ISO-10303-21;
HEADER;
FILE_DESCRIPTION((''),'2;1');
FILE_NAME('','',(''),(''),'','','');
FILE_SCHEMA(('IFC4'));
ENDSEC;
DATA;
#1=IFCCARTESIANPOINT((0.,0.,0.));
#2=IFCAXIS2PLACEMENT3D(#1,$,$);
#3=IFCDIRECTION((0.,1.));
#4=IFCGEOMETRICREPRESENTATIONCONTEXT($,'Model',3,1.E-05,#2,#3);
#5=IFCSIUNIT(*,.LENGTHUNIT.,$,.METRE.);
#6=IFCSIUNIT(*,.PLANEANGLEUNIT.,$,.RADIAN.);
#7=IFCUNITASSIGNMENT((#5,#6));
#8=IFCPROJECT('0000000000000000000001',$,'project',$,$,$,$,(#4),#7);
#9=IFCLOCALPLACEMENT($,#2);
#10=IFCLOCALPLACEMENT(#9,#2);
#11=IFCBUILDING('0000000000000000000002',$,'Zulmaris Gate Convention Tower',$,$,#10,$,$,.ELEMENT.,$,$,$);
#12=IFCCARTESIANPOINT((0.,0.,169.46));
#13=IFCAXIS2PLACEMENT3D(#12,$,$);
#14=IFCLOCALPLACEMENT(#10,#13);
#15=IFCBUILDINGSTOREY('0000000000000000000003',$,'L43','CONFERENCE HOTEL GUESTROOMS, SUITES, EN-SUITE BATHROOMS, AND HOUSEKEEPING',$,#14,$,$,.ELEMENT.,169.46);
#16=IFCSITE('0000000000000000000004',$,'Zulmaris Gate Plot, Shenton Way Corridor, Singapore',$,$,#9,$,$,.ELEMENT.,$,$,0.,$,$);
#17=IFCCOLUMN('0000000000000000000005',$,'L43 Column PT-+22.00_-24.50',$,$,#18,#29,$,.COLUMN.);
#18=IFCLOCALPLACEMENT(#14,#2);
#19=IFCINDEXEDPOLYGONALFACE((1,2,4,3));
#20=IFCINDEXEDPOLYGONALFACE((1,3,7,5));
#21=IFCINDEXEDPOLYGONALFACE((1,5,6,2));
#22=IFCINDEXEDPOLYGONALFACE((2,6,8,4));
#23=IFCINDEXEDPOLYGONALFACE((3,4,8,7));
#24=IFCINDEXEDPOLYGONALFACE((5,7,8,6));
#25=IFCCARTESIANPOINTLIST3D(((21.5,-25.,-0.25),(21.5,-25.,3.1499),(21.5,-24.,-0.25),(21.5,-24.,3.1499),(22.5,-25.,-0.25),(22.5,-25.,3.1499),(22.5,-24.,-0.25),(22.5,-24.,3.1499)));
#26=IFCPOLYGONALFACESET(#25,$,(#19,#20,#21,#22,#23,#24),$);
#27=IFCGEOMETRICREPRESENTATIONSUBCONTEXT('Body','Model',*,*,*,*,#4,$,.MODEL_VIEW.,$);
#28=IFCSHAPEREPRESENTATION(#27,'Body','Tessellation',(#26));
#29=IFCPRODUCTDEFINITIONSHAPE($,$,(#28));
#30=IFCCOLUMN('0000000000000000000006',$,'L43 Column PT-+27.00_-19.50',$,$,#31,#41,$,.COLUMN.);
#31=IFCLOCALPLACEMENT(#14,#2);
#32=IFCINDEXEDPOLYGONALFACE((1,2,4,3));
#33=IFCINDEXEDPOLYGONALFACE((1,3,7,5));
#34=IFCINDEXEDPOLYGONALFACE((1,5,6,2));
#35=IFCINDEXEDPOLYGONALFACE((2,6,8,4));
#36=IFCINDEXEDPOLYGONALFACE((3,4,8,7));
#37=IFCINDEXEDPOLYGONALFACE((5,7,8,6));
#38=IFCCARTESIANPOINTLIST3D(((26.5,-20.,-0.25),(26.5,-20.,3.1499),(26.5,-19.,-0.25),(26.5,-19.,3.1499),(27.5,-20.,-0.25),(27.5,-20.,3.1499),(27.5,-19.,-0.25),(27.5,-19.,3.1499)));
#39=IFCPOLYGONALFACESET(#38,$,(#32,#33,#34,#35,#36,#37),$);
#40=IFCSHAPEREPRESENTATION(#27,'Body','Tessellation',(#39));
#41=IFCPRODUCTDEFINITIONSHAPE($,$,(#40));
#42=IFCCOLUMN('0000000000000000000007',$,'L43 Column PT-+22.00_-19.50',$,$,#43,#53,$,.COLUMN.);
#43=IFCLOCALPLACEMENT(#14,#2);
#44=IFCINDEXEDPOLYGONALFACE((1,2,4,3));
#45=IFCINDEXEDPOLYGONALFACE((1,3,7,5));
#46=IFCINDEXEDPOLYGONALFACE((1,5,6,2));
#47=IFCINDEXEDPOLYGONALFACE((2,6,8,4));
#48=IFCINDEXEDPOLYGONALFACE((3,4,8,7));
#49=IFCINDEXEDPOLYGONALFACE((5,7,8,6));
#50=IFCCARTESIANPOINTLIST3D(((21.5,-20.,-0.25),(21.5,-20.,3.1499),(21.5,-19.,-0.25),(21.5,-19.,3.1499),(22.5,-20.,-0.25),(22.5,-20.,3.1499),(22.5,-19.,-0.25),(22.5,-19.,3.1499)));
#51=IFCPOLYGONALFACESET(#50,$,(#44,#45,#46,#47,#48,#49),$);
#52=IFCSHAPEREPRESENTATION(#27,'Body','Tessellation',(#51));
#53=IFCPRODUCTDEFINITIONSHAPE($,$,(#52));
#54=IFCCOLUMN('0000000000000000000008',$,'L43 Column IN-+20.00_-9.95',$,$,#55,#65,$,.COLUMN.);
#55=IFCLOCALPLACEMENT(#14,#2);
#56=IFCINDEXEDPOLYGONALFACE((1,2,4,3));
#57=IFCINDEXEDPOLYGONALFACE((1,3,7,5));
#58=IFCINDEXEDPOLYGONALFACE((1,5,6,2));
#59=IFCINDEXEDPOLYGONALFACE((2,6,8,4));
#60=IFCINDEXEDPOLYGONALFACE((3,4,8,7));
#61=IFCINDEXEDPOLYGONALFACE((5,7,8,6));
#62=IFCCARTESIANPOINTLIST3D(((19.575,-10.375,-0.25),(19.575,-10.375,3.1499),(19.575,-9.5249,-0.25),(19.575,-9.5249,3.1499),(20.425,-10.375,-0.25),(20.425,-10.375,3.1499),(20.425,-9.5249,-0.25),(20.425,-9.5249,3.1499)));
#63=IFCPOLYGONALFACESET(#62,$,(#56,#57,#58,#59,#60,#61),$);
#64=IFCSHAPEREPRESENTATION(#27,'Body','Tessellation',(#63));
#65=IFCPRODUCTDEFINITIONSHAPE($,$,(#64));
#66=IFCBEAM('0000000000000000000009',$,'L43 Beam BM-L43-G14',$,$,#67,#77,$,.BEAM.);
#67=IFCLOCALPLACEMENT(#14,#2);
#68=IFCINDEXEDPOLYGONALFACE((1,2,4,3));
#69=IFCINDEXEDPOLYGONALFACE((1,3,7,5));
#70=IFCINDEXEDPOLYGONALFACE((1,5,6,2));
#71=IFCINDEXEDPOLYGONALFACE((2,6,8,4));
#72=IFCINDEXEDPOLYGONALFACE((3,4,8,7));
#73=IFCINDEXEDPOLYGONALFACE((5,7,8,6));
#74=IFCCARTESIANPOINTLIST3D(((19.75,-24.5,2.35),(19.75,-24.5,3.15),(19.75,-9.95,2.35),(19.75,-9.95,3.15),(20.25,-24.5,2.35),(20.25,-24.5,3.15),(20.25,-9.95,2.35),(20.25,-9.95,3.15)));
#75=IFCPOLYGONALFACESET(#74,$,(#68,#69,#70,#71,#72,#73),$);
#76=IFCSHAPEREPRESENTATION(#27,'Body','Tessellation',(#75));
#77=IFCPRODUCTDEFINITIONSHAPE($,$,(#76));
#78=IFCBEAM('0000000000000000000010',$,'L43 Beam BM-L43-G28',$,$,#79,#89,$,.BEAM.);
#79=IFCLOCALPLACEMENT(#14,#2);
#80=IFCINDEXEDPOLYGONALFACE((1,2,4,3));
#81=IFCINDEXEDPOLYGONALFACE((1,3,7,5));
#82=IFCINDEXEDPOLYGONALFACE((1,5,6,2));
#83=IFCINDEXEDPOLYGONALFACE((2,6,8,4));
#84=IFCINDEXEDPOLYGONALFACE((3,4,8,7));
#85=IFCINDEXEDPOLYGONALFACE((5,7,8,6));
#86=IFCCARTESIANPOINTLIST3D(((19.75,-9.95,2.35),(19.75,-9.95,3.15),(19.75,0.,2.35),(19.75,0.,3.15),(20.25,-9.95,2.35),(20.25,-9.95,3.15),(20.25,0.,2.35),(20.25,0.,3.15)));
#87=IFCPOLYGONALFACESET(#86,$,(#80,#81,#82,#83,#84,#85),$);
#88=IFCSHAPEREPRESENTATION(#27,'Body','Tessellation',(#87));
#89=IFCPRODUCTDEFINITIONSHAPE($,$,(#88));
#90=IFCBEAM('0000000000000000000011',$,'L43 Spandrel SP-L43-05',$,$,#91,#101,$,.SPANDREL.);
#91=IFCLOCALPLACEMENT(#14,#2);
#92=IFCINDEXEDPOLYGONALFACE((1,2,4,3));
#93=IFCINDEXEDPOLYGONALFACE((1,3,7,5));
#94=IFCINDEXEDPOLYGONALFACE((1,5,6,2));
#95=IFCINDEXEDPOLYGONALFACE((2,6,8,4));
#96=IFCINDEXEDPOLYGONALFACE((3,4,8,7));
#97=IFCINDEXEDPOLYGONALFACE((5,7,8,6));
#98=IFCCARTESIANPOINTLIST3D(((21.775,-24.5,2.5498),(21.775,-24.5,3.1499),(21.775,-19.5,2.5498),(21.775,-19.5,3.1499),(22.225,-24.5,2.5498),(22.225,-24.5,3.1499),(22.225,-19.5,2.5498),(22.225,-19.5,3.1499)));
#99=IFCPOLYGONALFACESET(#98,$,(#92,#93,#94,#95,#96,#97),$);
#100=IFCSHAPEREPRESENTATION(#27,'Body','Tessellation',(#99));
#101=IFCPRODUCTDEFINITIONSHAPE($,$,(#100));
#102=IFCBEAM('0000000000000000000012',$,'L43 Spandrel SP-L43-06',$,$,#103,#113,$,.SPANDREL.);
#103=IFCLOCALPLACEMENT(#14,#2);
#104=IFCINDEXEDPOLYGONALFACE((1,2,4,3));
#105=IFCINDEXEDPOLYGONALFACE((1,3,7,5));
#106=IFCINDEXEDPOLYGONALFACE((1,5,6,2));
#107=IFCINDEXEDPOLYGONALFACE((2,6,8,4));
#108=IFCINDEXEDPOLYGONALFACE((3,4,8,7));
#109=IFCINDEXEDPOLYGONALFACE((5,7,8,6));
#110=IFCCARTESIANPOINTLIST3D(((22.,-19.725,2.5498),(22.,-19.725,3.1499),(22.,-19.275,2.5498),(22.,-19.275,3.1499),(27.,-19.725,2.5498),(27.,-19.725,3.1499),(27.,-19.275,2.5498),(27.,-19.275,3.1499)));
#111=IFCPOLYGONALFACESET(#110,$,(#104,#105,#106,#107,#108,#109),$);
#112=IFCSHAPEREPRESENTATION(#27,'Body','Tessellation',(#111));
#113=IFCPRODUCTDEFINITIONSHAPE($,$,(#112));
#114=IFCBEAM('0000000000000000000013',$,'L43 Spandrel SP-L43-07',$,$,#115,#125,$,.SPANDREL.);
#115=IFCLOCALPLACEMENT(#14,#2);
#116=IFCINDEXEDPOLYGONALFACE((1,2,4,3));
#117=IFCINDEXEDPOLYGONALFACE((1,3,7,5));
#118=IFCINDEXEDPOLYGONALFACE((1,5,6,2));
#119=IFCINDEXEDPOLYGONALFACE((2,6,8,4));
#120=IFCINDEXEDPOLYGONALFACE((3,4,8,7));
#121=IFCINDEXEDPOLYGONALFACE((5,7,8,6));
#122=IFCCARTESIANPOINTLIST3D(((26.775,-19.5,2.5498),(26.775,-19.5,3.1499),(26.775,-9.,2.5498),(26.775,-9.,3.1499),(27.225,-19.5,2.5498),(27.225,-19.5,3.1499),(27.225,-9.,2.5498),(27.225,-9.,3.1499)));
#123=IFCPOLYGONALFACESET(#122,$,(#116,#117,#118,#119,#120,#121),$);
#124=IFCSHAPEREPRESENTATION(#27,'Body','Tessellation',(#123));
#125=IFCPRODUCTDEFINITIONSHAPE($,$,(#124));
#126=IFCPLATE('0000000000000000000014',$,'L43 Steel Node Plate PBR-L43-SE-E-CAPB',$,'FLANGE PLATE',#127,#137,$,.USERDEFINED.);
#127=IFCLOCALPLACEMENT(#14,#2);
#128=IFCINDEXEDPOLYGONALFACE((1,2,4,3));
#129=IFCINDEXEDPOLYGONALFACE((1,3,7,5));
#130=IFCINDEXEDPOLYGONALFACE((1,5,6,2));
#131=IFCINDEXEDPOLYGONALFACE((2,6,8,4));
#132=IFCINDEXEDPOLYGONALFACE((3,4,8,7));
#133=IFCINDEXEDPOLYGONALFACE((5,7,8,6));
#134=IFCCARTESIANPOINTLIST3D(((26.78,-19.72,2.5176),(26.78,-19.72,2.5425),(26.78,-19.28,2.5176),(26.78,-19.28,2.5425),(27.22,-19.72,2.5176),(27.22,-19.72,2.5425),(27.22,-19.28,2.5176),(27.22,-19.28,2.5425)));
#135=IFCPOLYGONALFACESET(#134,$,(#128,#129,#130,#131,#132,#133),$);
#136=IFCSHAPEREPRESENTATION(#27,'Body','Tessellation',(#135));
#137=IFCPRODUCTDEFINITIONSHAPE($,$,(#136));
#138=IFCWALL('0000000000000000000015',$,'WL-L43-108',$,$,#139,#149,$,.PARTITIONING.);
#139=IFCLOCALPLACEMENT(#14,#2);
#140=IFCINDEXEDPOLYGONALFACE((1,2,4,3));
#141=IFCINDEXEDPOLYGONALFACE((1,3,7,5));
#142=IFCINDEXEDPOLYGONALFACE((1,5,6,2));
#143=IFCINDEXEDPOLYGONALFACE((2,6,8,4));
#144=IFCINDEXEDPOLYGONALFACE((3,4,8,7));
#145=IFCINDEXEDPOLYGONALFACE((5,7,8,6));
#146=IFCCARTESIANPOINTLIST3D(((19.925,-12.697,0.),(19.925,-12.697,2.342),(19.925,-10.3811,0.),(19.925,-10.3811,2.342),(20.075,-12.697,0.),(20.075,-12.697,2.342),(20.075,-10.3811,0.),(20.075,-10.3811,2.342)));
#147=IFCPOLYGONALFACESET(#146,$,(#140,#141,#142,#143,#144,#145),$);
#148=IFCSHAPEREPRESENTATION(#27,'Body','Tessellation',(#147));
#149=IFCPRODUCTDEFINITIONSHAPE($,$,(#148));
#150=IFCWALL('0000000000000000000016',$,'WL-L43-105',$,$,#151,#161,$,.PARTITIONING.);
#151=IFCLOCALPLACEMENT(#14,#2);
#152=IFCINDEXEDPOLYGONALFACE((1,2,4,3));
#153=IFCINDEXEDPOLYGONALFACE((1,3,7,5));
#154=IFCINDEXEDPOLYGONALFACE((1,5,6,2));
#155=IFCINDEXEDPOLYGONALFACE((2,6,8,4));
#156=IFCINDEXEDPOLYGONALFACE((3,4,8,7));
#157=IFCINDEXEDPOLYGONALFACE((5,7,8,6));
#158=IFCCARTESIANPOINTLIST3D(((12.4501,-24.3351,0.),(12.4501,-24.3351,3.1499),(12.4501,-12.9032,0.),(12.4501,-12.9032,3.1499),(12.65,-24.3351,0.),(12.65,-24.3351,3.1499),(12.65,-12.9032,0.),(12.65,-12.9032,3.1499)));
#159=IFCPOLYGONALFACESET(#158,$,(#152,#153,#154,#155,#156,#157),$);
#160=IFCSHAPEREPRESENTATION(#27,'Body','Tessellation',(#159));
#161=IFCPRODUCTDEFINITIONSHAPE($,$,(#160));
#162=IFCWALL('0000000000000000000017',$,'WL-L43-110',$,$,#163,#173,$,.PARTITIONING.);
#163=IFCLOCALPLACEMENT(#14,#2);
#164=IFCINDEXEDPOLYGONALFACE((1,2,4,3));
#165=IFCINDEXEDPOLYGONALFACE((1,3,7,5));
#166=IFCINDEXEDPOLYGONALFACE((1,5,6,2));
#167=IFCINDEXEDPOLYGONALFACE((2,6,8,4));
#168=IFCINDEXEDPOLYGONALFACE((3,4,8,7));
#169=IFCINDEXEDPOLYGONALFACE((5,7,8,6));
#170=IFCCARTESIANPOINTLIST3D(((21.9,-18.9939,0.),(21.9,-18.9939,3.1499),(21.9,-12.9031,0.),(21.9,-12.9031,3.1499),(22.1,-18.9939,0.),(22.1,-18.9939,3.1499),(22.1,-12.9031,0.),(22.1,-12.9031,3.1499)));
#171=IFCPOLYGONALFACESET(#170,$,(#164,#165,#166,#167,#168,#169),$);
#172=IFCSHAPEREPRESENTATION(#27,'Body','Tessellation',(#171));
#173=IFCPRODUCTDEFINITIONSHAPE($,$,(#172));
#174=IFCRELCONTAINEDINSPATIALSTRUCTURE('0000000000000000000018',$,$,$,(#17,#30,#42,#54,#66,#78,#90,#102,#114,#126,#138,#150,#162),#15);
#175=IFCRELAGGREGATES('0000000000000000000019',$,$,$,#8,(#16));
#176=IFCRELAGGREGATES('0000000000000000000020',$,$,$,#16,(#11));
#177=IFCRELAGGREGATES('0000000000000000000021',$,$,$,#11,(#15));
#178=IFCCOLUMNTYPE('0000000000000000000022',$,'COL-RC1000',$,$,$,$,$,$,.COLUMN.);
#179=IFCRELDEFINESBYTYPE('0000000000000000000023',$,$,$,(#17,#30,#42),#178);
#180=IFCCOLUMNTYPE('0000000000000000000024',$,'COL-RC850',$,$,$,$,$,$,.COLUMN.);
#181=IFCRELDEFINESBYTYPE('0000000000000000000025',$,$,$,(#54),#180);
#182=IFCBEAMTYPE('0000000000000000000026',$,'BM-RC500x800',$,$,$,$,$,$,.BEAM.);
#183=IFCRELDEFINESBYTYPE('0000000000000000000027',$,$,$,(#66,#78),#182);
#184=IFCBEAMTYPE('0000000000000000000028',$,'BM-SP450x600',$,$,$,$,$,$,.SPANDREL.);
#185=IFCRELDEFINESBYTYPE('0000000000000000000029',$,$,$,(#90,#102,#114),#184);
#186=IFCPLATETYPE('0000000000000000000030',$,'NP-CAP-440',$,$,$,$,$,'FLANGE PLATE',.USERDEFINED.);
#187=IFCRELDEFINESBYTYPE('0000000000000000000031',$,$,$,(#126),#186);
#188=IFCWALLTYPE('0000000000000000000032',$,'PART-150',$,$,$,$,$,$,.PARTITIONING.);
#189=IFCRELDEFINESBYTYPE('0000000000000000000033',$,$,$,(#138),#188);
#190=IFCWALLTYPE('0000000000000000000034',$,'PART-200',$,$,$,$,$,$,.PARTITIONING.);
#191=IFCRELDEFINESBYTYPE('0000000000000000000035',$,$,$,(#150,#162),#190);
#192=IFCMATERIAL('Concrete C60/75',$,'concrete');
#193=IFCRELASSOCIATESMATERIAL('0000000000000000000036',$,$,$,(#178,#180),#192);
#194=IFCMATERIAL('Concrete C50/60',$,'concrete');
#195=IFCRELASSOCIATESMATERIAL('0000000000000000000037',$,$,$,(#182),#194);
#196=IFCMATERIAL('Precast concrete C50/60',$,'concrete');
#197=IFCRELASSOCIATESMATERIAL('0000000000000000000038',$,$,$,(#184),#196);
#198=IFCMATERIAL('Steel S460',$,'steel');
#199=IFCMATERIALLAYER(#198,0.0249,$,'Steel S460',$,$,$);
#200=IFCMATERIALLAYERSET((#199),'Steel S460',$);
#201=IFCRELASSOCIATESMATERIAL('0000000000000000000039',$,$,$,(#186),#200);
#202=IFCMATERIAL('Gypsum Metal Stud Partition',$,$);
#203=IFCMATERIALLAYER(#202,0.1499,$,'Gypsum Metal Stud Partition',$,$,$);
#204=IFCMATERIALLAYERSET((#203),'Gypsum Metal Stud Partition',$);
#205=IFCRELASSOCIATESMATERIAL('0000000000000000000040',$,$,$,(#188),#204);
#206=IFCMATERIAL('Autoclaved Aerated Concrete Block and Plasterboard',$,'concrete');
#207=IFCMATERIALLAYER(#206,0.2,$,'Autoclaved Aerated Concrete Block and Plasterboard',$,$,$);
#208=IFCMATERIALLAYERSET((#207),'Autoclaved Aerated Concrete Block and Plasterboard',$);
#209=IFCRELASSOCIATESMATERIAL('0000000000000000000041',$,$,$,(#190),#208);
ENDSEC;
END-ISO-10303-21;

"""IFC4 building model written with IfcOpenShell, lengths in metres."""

from ifc_helpers import new_model, si_unit, direction, frame, frame_2d, origin, origin_2d, place, context, subcontext, project, spatial, rectangle, extrude, material, layer, layer_set, material_profile, profile_set, type_object, element, save


model = new_model("IFC4")

# Units and contexts
model_context = context("Model", 3, precision=1e-05, world=origin(), true_north=direction((0.0, 1.0)))
body_context = subcontext(model_context, "Body", "Model", "MODEL_VIEW")
ifc_project = project(units=[si_unit("LENGTHUNIT", "METRE"), si_unit("PLANEANGLEUNIT", "RADIAN")], contexts=[model_context])

# Site, building, storey
site_placement = place(None, origin())
site = spatial("IfcSite", under=ifc_project, at=site_placement, Name="Zulmaris Gate Plot, Shenton Way Corridor, Singapore", CompositionType="ELEMENT", RefElevation=0.0)
building_placement = place(site_placement, origin())
building = spatial("IfcBuilding", under=site, at=building_placement, Name="Zulmaris Gate Convention Tower", CompositionType="ELEMENT")
storey_placement = place(building_placement, frame((0.0, 0.0, 169.46)))
storey = spatial("IfcBuildingStorey", under=building, at=storey_placement, Name="L43", Description="CONFERENCE HOTEL GUESTROOMS, SUITES, EN-SUITE BATHROOMS, AND HOUSEKEEPING", CompositionType="ELEMENT", Elevation=169.46)

# Columns
ifc_material_1 = material(Name="Concrete C60/75", Category="concrete")
ifc_material_profile_1 = material_profile(ifc_material_1, rectangle(XDim=1.0, YDim=1.0, at=origin_2d()), Name="RC COL 1000x1000")
ifc_profile_set_1 = profile_set([ifc_material_profile_1], Name="Concrete C60/75")
column_type_1 = type_object("IfcColumnType", Name="COL-RC1000", PredefinedType="COLUMN", material=ifc_profile_set_1)
for number, where, z_axis, x_axis, name in (
    (1, (22.0, -24.5, -0.25), (0.0, 0.0, 1.0), (1.0, 0.0, 0.0), "L43 Column PT-+22.00_-24.50"),
    (2, (27.0, -19.5, -0.25), (0.0, 0.0, 1.0), (1.0, 0.0, 0.0), "L43 Column PT-+27.00_-19.50"),
    (3, (22.0, -19.5, -0.25), (0.0, 0.0, 1.0), (1.0, 0.0, 0.0), "L43 Column PT-+22.00_-19.50"),
):
    element("IfcColumn", number, at=place(storey_placement, frame(where, z_axis=z_axis, x_axis=x_axis)), inside=storey, type_object=column_type_1, Name=name, PredefinedType="COLUMN", context=body_context, shape_type="SweptSolid", body=[
        extrude(rectangle(XDim=1.0, YDim=1.0, at=origin_2d()), origin(), (0.0, 0.0, 1.0), 3.3999),
    ])
ifc_material_profile_2 = material_profile(ifc_material_1, rectangle(XDim=0.8501, YDim=0.8501, at=origin_2d()), Name="RC COL 850x850")
ifc_profile_set_2 = profile_set([ifc_material_profile_2], Name="Concrete C60/75")
column_type_2 = type_object("IfcColumnType", Name="COL-RC850", PredefinedType="COLUMN", material=ifc_profile_set_2)
column_placement = place(storey_placement, frame((20.0, -9.95, -0.25), z_axis=(0.0, 0.0, 1.0), x_axis=(1.0, 0.0, 0.0)))
element("IfcColumn", 4, at=column_placement, inside=storey, type_object=column_type_2, Name="L43 Column IN-+20.00_-9.95", PredefinedType="COLUMN", context=body_context, shape_type="SweptSolid", body=[
    extrude(rectangle(XDim=0.8501, YDim=0.8501, at=origin_2d()), origin(), (0.0, 0.0, 1.0), 3.3999),
])

# Beams
ifc_material_2 = material(Name="Concrete C50/60", Category="concrete")
ifc_material_profile_3 = material_profile(ifc_material_2, rectangle(XDim=0.5, YDim=0.8, at=origin_2d()), Name="RC BEAM 500x800")
ifc_profile_set_3 = profile_set([ifc_material_profile_3], Name="Concrete C50/60")
beam_type_1 = type_object("IfcBeamType", Name="BM-RC500x800", PredefinedType="BEAM", material=ifc_profile_set_3)
beam_1_placement = place(storey_placement, frame((20.0, -24.5, 2.75), z_axis=(0.0, 1.0, 0.0), x_axis=(-1.0, 0.0, 0.0)))
element("IfcBeam", 5, at=beam_1_placement, inside=storey, type_object=beam_type_1, Name="L43 Beam BM-L43-G14", PredefinedType="BEAM", context=body_context, shape_type="SweptSolid", body=[
    extrude(rectangle(XDim=0.5, YDim=0.8, at=origin_2d()), origin(), (0.0, 0.0, 1.0), 14.55),
])
beam_2_placement = place(storey_placement, frame((20.0, -9.95, 2.75), z_axis=(0.0, 1.0, 0.0), x_axis=(-1.0, 0.0, 0.0)))
element("IfcBeam", 6, at=beam_2_placement, inside=storey, type_object=beam_type_1, Name="L43 Beam BM-L43-G28", PredefinedType="BEAM", context=body_context, shape_type="SweptSolid", body=[
    extrude(rectangle(XDim=0.5, YDim=0.8, at=origin_2d()), origin(), (0.0, 0.0, 1.0), 9.95),
])
ifc_material_3 = material(Name="Precast concrete C50/60", Category="concrete")
ifc_material_profile_4 = material_profile(ifc_material_3, rectangle(XDim=0.45, YDim=0.6001, at=origin_2d()), Name="RC SPANDREL 450x600")
ifc_profile_set_4 = profile_set([ifc_material_profile_4], Name="Precast concrete C50/60")
beam_type_2 = type_object("IfcBeamType", Name="BM-SP450x600", PredefinedType="SPANDREL", material=ifc_profile_set_4)
for number, where, z_axis, x_axis, name in (
    (7, (22.0, -24.5, 2.8499), (0.0, 1.0, 0.0), (-1.0, 0.0, 0.0), "L43 Spandrel SP-L43-05"),
    (8, (22.0, -19.5, 2.8499), (1.0, 0.0, 0.0), (0.0, 1.0, 0.0), "L43 Spandrel SP-L43-06"),
):
    element("IfcBeam", number, at=place(storey_placement, frame(where, z_axis=z_axis, x_axis=x_axis)), inside=storey, type_object=beam_type_2, Name=name, PredefinedType="SPANDREL", context=body_context, shape_type="SweptSolid", body=[
        extrude(rectangle(XDim=0.45, YDim=0.6001, at=origin_2d()), origin(), (0.0, 0.0, 1.0), 5.0),
    ])
beam_3_placement = place(storey_placement, frame((27.0, -19.5, 2.8499), z_axis=(0.0, 1.0, 0.0), x_axis=(-1.0, 0.0, 0.0)))
element("IfcBeam", 9, at=beam_3_placement, inside=storey, type_object=beam_type_2, Name="L43 Spandrel SP-L43-07", PredefinedType="SPANDREL", context=body_context, shape_type="SweptSolid", body=[
    extrude(rectangle(XDim=0.45, YDim=0.6001, at=origin_2d()), origin(), (0.0, 0.0, 1.0), 10.5),
])

# Plate
ifc_material_4 = material(Name="Steel S460", Category="steel")
ifc_layer_1 = layer(ifc_material_4, 0.0249, Name="Steel S460")
ifc_layer_set_1 = layer_set([ifc_layer_1], Name="Steel S460")
plate_type = type_object("IfcPlateType", Name="NP-CAP-440", ElementType="FLANGE PLATE", PredefinedType="USERDEFINED", material=ifc_layer_set_1)
plate_placement = place(storey_placement, frame((27.0, -19.5, 2.5176), z_axis=(0.0, 0.0, 1.0), x_axis=(1.0, 0.0, 0.0)))
element("IfcPlate", 10, at=plate_placement, inside=storey, type_object=plate_type, Name="L43 Steel Node Plate PBR-L43-SE-E-CAPB", ObjectType="FLANGE PLATE", PredefinedType="USERDEFINED", context=body_context, shape_type="SweptSolid", body=[
    extrude(rectangle(XDim=0.4399, YDim=0.4399, at=origin_2d()), origin(), (0.0, 0.0, 1.0), 0.0249),
])

# Walls
ifc_material_5 = material(Name="Gypsum Metal Stud Partition")
ifc_layer_2 = layer(ifc_material_5, 0.1499, Name="Gypsum Metal Stud Partition")
ifc_layer_set_2 = layer_set([ifc_layer_2], Name="Gypsum Metal Stud Partition")
wall_type_1 = type_object("IfcWallType", Name="PART-150", PredefinedType="PARTITIONING", material=ifc_layer_set_2)
wall_1_placement = place(storey_placement, frame((20.0, -12.697, 0.0), z_axis=(0.0, 0.0, 1.0), x_axis=(0.0, 1.0, 0.0)))
element("IfcWall", 11, at=wall_1_placement, inside=storey, type_object=wall_type_1, Name="WL-L43-108", PredefinedType="PARTITIONING", context=body_context, shape_type="SweptSolid", body=[
    extrude(rectangle(XDim=2.3159, YDim=0.1499, at=frame_2d((1.158, 0.0))), origin(), (0.0, 0.0, 1.0), 2.342),
])
ifc_material_6 = material(Name="Autoclaved Aerated Concrete Block and Plasterboard", Category="concrete")
ifc_layer_3 = layer(ifc_material_6, 0.2, Name="Autoclaved Aerated Concrete Block and Plasterboard")
ifc_layer_set_3 = layer_set([ifc_layer_3], Name="Autoclaved Aerated Concrete Block and Plasterboard")
wall_type_2 = type_object("IfcWallType", Name="PART-200", PredefinedType="PARTITIONING", material=ifc_layer_set_3)
wall_2_placement = place(storey_placement, frame((12.55, -24.335, 0.0), z_axis=(0.0, 0.0, 1.0), x_axis=(0.0, 1.0, 0.0)))
element("IfcWall", 12, at=wall_2_placement, inside=storey, type_object=wall_type_2, Name="WL-L43-105", PredefinedType="PARTITIONING", context=body_context, shape_type="SweptSolid", body=[
    extrude(rectangle(XDim=11.4319, YDim=0.2, at=frame_2d((5.7158, 0.0))), origin(), (0.0, 0.0, 1.0), 3.1499),
])
wall_3_placement = place(storey_placement, frame((22.0, -18.9939, 0.0), z_axis=(0.0, 0.0, 1.0), x_axis=(0.0, 1.0, 0.0)))
element("IfcWall", 13, at=wall_3_placement, inside=storey, type_object=wall_type_2, Name="WL-L43-110", PredefinedType="PARTITIONING", context=body_context, shape_type="SweptSolid", body=[
    extrude(rectangle(XDim=6.0908, YDim=0.2, at=frame_2d((3.0454, 0.0))), origin(), (0.0, 0.0, 1.0), 3.1499),
])

save(model, "model.ifc")
